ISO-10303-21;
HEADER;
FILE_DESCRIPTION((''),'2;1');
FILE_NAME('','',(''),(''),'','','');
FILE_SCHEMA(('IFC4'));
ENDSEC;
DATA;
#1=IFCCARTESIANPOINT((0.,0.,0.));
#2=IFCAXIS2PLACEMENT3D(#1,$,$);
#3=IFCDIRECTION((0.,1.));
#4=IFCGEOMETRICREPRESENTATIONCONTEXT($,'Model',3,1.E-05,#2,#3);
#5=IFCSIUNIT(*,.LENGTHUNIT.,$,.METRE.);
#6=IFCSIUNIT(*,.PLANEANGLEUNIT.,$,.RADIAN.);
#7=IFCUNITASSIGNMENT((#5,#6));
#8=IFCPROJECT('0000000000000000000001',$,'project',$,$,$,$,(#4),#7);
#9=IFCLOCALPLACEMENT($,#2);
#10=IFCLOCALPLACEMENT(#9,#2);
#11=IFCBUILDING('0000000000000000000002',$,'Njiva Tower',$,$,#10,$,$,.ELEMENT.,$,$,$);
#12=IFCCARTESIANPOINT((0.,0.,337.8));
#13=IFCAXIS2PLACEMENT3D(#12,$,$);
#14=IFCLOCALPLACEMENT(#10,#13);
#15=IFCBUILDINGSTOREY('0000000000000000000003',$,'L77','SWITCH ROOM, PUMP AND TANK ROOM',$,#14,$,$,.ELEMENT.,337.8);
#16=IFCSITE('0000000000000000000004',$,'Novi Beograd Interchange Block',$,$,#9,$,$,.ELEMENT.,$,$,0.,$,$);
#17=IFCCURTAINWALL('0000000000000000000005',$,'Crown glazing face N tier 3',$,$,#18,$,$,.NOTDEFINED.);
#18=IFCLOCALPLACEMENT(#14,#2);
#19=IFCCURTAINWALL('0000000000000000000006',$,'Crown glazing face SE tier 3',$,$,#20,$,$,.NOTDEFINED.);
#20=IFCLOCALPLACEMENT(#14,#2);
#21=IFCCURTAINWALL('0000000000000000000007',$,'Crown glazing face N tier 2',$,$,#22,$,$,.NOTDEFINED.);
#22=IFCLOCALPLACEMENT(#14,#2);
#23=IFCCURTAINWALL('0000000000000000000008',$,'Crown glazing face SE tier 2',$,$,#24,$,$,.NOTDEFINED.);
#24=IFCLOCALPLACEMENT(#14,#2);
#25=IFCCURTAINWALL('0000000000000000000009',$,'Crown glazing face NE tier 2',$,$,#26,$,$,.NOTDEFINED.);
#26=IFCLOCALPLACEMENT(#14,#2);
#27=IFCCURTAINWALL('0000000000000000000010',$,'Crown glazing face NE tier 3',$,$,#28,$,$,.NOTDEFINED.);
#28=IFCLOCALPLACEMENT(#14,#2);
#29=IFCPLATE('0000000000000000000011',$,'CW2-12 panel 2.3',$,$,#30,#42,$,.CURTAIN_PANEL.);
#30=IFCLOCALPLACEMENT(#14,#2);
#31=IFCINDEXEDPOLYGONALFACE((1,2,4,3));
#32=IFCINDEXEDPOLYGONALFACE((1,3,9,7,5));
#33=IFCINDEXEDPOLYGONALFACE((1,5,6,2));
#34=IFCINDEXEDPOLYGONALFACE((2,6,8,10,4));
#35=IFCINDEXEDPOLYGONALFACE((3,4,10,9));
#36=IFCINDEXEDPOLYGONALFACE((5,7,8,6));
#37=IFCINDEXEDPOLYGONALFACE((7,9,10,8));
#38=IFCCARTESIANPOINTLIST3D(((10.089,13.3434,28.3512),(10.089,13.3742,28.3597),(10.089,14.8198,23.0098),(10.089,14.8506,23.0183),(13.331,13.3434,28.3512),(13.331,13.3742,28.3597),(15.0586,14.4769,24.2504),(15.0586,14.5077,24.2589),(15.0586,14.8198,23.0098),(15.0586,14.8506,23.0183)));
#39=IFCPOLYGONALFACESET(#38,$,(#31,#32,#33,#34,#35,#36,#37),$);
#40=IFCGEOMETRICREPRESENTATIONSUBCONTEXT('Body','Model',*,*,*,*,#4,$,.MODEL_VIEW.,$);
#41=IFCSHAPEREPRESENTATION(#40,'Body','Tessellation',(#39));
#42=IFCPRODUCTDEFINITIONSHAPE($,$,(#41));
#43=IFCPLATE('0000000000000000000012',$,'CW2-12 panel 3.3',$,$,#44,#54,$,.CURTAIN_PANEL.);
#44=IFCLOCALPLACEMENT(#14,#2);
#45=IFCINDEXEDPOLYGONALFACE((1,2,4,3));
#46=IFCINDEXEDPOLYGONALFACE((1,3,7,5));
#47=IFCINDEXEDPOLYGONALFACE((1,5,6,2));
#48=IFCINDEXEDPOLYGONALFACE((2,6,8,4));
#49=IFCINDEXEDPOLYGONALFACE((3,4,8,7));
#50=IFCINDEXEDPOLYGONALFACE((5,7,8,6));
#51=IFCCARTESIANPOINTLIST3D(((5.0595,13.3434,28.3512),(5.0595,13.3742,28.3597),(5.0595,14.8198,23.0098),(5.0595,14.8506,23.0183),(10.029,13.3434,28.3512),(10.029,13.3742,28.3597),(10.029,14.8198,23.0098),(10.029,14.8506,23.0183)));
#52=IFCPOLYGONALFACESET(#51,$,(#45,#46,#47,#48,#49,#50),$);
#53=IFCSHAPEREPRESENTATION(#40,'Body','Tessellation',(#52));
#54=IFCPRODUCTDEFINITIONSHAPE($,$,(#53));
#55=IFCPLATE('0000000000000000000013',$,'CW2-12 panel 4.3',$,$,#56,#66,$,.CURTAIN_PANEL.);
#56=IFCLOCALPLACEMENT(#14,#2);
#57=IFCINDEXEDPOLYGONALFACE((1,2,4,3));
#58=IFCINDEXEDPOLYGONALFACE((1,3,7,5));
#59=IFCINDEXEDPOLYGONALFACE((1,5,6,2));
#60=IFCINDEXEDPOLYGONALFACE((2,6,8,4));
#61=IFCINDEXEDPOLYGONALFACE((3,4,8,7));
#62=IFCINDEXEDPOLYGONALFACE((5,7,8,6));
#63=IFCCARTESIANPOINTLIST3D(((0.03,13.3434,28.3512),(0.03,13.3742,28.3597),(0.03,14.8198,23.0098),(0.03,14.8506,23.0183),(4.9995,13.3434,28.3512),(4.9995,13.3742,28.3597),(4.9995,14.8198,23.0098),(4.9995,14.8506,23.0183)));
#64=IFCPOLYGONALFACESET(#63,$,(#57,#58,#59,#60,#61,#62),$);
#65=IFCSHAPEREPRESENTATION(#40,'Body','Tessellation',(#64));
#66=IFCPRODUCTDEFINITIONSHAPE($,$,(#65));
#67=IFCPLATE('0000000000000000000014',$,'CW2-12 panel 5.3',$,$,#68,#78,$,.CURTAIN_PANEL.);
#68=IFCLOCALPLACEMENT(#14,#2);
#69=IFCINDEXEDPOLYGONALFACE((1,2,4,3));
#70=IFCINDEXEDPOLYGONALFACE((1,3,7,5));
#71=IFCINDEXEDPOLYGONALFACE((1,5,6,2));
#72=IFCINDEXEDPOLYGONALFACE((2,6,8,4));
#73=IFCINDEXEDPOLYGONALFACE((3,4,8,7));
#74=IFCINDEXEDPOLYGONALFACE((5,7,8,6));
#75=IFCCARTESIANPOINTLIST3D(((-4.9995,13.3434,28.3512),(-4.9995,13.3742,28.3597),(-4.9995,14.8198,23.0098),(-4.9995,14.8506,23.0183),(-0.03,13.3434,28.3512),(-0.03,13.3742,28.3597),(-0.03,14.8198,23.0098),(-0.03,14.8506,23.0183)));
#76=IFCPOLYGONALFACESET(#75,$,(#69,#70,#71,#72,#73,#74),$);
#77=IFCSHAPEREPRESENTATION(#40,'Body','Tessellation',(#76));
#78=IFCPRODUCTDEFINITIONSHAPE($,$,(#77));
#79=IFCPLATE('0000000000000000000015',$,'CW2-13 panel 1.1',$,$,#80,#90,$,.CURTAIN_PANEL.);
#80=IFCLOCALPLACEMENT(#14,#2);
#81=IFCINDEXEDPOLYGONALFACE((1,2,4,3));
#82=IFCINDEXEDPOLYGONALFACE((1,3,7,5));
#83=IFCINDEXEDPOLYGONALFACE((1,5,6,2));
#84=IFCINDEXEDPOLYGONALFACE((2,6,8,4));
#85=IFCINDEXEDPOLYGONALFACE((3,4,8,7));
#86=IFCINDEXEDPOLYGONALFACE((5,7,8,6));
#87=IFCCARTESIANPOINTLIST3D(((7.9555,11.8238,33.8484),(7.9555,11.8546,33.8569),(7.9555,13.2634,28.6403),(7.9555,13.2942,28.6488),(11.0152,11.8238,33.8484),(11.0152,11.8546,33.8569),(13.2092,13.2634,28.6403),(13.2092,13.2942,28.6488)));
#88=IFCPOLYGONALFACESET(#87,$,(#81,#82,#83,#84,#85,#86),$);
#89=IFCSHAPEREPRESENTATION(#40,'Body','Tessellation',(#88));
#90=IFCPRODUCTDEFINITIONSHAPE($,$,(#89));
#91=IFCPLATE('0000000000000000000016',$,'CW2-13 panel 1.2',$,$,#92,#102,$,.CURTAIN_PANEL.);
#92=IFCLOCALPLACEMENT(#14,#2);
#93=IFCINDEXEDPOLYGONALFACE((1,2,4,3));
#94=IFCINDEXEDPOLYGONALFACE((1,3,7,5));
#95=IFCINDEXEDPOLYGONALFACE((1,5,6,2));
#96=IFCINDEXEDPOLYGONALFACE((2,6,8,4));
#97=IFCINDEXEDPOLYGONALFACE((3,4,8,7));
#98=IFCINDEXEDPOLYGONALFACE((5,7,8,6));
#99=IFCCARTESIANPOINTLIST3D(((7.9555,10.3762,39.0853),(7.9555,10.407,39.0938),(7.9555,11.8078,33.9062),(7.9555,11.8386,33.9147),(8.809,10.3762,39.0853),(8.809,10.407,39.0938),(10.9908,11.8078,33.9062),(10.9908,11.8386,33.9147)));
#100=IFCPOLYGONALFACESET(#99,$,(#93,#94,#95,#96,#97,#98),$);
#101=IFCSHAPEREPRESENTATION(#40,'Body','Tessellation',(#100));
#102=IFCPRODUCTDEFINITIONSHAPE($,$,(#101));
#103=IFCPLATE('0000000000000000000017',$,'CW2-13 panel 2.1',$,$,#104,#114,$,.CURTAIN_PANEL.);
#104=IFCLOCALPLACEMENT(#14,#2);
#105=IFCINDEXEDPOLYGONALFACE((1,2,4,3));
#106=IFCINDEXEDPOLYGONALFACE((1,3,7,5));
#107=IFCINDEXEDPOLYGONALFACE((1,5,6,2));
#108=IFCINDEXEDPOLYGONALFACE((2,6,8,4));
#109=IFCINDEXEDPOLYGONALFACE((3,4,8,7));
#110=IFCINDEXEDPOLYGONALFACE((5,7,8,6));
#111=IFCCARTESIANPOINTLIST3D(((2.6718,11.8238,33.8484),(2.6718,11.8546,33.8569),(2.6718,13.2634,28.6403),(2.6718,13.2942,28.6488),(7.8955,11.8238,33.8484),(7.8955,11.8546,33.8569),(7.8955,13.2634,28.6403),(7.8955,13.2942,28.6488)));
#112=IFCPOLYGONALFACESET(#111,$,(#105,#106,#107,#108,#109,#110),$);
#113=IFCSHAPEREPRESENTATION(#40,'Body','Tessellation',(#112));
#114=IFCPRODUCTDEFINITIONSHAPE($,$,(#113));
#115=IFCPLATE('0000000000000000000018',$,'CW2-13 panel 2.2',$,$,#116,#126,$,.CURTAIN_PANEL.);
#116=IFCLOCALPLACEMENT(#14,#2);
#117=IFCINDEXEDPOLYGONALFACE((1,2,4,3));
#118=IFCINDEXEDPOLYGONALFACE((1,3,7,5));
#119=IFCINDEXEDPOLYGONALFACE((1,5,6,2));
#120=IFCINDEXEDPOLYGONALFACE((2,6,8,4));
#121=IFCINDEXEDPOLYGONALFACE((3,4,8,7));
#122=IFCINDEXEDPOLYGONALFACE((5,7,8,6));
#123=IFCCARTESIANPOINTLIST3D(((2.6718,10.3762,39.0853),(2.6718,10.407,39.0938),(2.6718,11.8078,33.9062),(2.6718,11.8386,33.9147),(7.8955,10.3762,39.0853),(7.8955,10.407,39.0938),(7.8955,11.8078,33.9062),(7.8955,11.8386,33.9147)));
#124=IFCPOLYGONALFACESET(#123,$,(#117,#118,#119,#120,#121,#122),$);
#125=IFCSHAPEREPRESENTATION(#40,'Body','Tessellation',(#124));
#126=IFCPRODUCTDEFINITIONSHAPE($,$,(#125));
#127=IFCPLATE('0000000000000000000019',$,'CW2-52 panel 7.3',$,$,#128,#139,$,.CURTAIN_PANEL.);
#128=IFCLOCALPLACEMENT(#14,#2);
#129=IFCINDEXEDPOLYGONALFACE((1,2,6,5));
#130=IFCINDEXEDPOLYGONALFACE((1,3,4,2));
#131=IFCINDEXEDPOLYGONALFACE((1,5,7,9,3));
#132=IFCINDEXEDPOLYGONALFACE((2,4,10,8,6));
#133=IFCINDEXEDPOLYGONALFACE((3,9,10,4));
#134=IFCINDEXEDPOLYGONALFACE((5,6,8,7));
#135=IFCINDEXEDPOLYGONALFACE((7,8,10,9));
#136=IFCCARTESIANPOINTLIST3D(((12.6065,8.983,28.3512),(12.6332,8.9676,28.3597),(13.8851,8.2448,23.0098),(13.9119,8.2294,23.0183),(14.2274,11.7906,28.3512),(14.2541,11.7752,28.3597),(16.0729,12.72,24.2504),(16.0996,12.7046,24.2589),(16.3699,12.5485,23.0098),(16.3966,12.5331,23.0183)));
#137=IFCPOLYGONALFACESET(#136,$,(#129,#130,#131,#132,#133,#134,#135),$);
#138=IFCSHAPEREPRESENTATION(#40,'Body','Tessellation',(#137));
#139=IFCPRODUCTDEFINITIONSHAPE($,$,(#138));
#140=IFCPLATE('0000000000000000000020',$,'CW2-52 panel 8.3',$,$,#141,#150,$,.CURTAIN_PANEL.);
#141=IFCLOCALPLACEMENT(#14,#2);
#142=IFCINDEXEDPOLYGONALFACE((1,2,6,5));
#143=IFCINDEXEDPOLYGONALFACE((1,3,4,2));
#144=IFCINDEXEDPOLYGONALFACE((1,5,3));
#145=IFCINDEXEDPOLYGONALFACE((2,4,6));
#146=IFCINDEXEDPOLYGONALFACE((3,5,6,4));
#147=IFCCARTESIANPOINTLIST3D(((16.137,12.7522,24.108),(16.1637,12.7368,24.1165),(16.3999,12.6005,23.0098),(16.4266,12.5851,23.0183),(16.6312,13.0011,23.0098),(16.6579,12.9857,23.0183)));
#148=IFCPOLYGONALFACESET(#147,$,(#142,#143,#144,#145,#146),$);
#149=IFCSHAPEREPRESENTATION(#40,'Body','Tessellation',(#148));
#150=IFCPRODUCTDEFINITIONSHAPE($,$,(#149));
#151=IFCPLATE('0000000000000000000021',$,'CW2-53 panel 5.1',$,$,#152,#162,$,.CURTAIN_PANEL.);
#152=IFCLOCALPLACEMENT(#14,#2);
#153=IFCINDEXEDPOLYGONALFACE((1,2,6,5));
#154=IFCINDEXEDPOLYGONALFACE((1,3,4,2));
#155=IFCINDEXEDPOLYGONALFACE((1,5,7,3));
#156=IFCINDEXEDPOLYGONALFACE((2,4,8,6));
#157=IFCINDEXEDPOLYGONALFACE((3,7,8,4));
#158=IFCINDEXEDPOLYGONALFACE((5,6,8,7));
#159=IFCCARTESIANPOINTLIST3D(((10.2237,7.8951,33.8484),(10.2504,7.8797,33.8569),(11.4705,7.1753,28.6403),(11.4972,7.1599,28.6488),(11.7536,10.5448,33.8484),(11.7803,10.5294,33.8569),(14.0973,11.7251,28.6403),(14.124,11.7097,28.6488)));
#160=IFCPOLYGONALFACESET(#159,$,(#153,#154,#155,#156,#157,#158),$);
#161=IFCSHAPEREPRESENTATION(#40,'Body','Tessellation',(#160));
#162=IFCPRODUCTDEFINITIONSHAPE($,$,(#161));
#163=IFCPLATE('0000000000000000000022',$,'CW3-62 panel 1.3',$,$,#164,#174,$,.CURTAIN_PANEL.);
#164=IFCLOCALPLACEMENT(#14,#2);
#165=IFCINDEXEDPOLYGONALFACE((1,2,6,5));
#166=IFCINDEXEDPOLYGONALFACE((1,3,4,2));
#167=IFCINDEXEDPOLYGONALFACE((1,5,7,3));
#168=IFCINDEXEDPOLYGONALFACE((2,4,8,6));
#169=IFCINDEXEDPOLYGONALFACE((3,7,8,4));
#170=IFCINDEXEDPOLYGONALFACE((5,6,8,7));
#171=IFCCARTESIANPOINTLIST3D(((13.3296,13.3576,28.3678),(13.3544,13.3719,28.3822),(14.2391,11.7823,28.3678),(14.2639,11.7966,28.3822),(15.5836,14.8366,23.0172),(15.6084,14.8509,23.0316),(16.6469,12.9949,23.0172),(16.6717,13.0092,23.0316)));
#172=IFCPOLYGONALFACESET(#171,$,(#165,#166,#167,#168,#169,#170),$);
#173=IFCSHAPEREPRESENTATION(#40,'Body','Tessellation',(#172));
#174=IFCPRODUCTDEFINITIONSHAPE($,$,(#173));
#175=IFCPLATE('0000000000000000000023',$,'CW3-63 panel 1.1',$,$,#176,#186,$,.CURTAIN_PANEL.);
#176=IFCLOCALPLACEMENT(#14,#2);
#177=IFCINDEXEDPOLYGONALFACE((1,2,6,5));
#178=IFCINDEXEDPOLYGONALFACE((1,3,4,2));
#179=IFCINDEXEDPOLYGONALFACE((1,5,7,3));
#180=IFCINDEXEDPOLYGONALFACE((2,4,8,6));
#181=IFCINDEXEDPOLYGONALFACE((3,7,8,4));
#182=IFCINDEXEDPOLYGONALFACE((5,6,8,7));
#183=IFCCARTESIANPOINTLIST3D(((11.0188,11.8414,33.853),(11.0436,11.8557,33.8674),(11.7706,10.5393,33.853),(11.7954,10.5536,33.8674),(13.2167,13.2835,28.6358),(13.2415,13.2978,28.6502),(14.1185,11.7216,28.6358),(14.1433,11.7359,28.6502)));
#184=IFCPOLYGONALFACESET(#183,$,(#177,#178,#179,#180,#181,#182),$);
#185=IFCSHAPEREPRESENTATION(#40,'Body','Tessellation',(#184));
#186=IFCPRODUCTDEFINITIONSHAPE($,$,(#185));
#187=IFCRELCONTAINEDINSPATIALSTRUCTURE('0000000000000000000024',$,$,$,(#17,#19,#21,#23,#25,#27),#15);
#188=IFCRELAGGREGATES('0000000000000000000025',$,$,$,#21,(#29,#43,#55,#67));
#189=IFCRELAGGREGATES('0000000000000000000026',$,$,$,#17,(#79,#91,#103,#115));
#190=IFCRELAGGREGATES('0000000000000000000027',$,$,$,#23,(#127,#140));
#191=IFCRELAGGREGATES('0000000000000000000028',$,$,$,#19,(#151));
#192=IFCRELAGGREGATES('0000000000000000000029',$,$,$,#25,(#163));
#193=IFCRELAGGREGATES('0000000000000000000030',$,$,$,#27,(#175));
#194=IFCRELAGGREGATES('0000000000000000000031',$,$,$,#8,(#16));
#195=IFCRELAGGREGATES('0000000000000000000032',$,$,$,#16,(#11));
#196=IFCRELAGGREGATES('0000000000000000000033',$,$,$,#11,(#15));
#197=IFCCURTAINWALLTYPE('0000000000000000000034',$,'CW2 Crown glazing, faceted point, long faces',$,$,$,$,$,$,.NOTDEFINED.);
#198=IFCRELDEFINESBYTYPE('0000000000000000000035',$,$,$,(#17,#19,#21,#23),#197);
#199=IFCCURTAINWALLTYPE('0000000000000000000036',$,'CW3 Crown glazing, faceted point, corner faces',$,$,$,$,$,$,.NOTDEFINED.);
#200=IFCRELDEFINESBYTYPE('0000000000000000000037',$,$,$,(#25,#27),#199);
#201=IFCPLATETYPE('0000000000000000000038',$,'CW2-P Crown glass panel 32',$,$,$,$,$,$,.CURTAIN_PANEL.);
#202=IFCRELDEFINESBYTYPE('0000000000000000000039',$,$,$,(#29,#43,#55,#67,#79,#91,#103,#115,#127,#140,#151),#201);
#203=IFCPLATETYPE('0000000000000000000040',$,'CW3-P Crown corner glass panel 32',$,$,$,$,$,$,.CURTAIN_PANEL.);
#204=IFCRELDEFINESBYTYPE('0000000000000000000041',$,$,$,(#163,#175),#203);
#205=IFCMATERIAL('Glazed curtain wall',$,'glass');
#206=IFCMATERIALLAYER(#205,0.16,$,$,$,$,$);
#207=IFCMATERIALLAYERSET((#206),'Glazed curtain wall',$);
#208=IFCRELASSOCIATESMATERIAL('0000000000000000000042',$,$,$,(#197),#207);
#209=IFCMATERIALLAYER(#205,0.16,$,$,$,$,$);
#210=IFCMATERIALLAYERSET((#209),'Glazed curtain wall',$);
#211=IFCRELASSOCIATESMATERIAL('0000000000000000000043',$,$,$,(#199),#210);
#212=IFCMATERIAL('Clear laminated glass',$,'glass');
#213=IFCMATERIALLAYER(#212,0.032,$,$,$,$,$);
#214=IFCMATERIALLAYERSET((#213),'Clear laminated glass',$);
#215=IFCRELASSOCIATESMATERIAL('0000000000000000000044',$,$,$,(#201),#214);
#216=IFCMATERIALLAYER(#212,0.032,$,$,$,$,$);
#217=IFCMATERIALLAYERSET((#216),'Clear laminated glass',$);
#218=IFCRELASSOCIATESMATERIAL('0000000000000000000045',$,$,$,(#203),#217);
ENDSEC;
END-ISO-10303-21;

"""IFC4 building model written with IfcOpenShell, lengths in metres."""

from ifc_helpers import new_model, si_unit, direction, frame, origin, place, context, subcontext, project, spatial, polyline, outline, extrude, material, layer, layer_set, type_object, element, aggregate, save


model = new_model("IFC4")

# Units and contexts
model_context = context("Model", 3, precision=1e-05, world=origin(), true_north=direction((0.0, 1.0)))
body_context = subcontext(model_context, "Body", "Model", "MODEL_VIEW")
ifc_project = project(units=[si_unit("LENGTHUNIT", "METRE"), si_unit("PLANEANGLEUNIT", "RADIAN")], contexts=[model_context])

# Site, building, storey
site_placement = place(None, origin())
site = spatial("IfcSite", under=ifc_project, at=site_placement, Name="Novi Beograd Interchange Block", CompositionType="ELEMENT", RefElevation=0.0)
building_placement = place(site_placement, origin())
building = spatial("IfcBuilding", under=site, at=building_placement, Name="Njiva Tower", CompositionType="ELEMENT")
storey_placement = place(building_placement, frame((0.0, 0.0, 337.8)))
storey = spatial("IfcBuildingStorey", under=building, at=storey_placement, Name="L77", Description="SWITCH ROOM, PUMP AND TANK ROOM", CompositionType="ELEMENT", Elevation=337.8)

# Curtain wall
ifc_material_1 = material(Name="Glazed curtain wall", Category="glass")
ifc_layer_1 = layer(ifc_material_1, 0.16)
ifc_layer_set_1 = layer_set([ifc_layer_1], Name="Glazed curtain wall")
curtain_wall_type_1 = type_object("IfcCurtainWallType", Name="CW2 Crown glazing, faceted point, long faces", PredefinedType="NOTDEFINED", material=ifc_layer_set_1)
curtain_wall_1_placement = place(storey_placement, origin())
curtain_wall_1 = element("IfcCurtainWall", 1, at=curtain_wall_1_placement, inside=storey, type_object=curtain_wall_type_1, Name="Crown glazing face N tier 3", PredefinedType="NOTDEFINED")

# Curtain walls
curtain_wall_2_placement = place(storey_placement, origin())
curtain_wall_2 = element("IfcCurtainWall", 2, at=curtain_wall_2_placement, inside=storey, type_object=curtain_wall_type_1, Name="Crown glazing face SE tier 3", PredefinedType="NOTDEFINED")
curtain_wall_3_placement = place(storey_placement, origin())
curtain_wall_3 = element("IfcCurtainWall", 3, at=curtain_wall_3_placement, inside=storey, type_object=curtain_wall_type_1, Name="Crown glazing face N tier 2", PredefinedType="NOTDEFINED")

# Curtain wall
curtain_wall_4_placement = place(storey_placement, origin())
curtain_wall_4 = element("IfcCurtainWall", 4, at=curtain_wall_4_placement, inside=storey, type_object=curtain_wall_type_1, Name="Crown glazing face SE tier 2", PredefinedType="NOTDEFINED")

# Curtain wall
ifc_layer_2 = layer(ifc_material_1, 0.16)
ifc_layer_set_2 = layer_set([ifc_layer_2], Name="Glazed curtain wall")
curtain_wall_type_2 = type_object("IfcCurtainWallType", Name="CW3 Crown glazing, faceted point, corner faces", PredefinedType="NOTDEFINED", material=ifc_layer_set_2)
curtain_wall_5_placement = place(storey_placement, origin())
curtain_wall_5 = element("IfcCurtainWall", 5, at=curtain_wall_5_placement, inside=storey, type_object=curtain_wall_type_2, Name="Crown glazing face NE tier 2", PredefinedType="NOTDEFINED")

# Curtain wall
curtain_wall_6_placement = place(storey_placement, origin())
curtain_wall_6 = element("IfcCurtainWall", 6, at=curtain_wall_6_placement, inside=storey, type_object=curtain_wall_type_2, Name="Crown glazing face NE tier 3", PredefinedType="NOTDEFINED")

# Plates
ifc_material_2 = material(Name="Clear laminated glass", Category="glass")
ifc_layer_3 = layer(ifc_material_2, 0.032)
ifc_layer_set_3 = layer_set([ifc_layer_3], Name="Clear laminated glass")
plate_type_1 = type_object("IfcPlateType", Name="CW2-P Crown glass panel 32", PredefinedType="CURTAIN_PANEL", material=ifc_layer_set_3)
plate_1_placement = place(storey_placement, frame((15.0586, 14.5077, 24.2589), z_axis=(-0.000001, 0.963858, 0.266417), x_axis=(0.0, 0.266417, -0.963858)))
plate_1 = element("IfcPlate", 7, at=plate_1_placement, type_object=plate_type_1, Name="CW2-12 panel 2.3", PredefinedType="CURTAIN_PANEL", context=body_context, shape_type="SweptSolid", body=[
    extrude(outline(polyline([(0.0, 0.0), (1.2871, 0.0), (1.2871, 4.9696), (-4.2546, 4.9696), (-4.2546, 1.7276), (0.0, 0.0)])), origin(), (0.0, 0.0, -1.0), 0.032),
])
plate_2_placement = place(storey_placement, frame((10.029, 13.3742, 28.3597), z_axis=(0.0, 0.963858, 0.266417), x_axis=(0.0, 0.266417, -0.963858)))
plate_2 = element("IfcPlate", 8, at=plate_2_placement, type_object=plate_type_1, Name="CW2-12 panel 3.3", PredefinedType="CURTAIN_PANEL", context=body_context, shape_type="SweptSolid", body=[
    extrude(outline(polyline([(0.0, 0.0), (5.5417, 0.0), (5.5417, 4.9695), (0.0, 4.9695), (0.0, 0.0)])), origin(), (0.0, 0.0, -1.0), 0.032),
])
plate_3_placement = place(storey_placement, frame((4.9995, 13.3742, 28.3597), z_axis=(0.0, 0.963858, 0.266417), x_axis=(0.0, 0.266417, -0.963858)))
plate_3 = element("IfcPlate", 9, at=plate_3_placement, type_object=plate_type_1, Name="CW2-12 panel 4.3", PredefinedType="CURTAIN_PANEL", context=body_context, shape_type="SweptSolid", body=[
    extrude(outline(polyline([(0.0, 0.0), (5.5417, 0.0), (5.5417, 4.9695), (0.0, 4.9695), (0.0, 0.0)])), origin(), (0.0, 0.0, -1.0), 0.032),
])
plate_4_placement = place(storey_placement, frame((-0.03, 13.3742, 28.3597), z_axis=(0.0, 0.963858, 0.266417), x_axis=(0.0, 0.266417, -0.963858)))
plate_4 = element("IfcPlate", 10, at=plate_4_placement, type_object=plate_type_1, Name="CW2-12 panel 5.3", PredefinedType="CURTAIN_PANEL", context=body_context, shape_type="SweptSolid", body=[
    extrude(outline(polyline([(0.0, 0.0), (5.5417, 0.0), (5.5417, 4.9695), (0.0, 4.9695), (0.0, 0.0)])), origin(), (0.0, 0.0, -1.0), 0.032),
])
aggregate(curtain_wall_3, [plate_1, plate_2, plate_3, plate_4])
plate_5_placement = place(storey_placement, frame((7.9555, 13.2942, 28.6488), z_axis=(0.0, 0.963856, 0.266425), x_axis=(0.0, -0.266425, 0.963856)))
plate_5 = element("IfcPlate", 11, at=plate_5_placement, type_object=plate_type_1, Name="CW2-13 panel 1.1", PredefinedType="CURTAIN_PANEL", context=body_context, shape_type="SweptSolid", body=[
    extrude(outline(polyline([(0.0, 0.0), (5.4034, 0.0), (5.4034, 3.0597), (0.0, 5.2537), (0.0, 0.0)])), origin(), (0.0, 0.0, -1.0), 0.032),
])
plate_6_placement = place(storey_placement, frame((10.9908, 11.8386, 33.9147), z_axis=(0.0, 0.963855, 0.266428), x_axis=(-1.0, 0.0, 0.0)))
plate_6 = element("IfcPlate", 12, at=plate_6_placement, type_object=plate_type_1, Name="CW2-13 panel 1.2", PredefinedType="CURTAIN_PANEL", context=body_context, shape_type="SweptSolid", body=[
    extrude(outline(polyline([(0.0, 0.0), (3.0353, 0.0), (3.0353, 5.3733), (2.1818, 5.3733), (0.0, 0.0)])), origin(), (0.0, 0.0, -1.0), 0.032),
])
plate_7_placement = place(storey_placement, frame((2.6718, 13.2942, 28.6488), z_axis=(0.0, 0.963856, 0.266425), x_axis=(0.0, -0.266425, 0.963856)))
plate_7 = element("IfcPlate", 13, at=plate_7_placement, type_object=plate_type_1, Name="CW2-13 panel 2.1", PredefinedType="CURTAIN_PANEL", context=body_context, shape_type="SweptSolid", body=[
    extrude(outline(polyline([(0.0, 0.0), (5.4034, 0.0), (5.4034, 5.2237), (0.0, 5.2237), (0.0, 0.0)])), origin(), (0.0, 0.0, -1.0), 0.032),
])
plate_8_placement = place(storey_placement, frame((2.6718, 11.8386, 33.9147), z_axis=(0.0, 0.963855, 0.266428), x_axis=(0.0, -0.266428, 0.963855)))
plate_8 = element("IfcPlate", 14, at=plate_8_placement, type_object=plate_type_1, Name="CW2-13 panel 2.2", PredefinedType="CURTAIN_PANEL", context=body_context, shape_type="SweptSolid", body=[
    extrude(outline(polyline([(0.0, 0.0), (5.3733, 0.0), (5.3733, 5.2237), (0.0, 5.2237), (0.0, 0.0)])), origin(), (0.0, 0.0, -1.0), 0.032),
])
aggregate(curtain_wall_1, [plate_5, plate_6, plate_7, plate_8])
plate_9_placement = place(storey_placement, frame((12.6332, 8.9676, 28.3597), z_axis=(0.834725, -0.481924, 0.266428), x_axis=(0.230733, -0.133214, -0.963855)))
plate_9 = element("IfcPlate", 15, at=plate_9_placement, type_object=plate_type_1, Name="CW2-52 panel 7.3", PredefinedType="CURTAIN_PANEL", context=body_context, shape_type="SweptSolid", body=[
    extrude(outline(polyline([(0.0, 0.0), (5.5417, 0.0), (5.5417, 4.9695), (4.2546, 4.9695), (0.0, 3.2419), (0.0, 0.0)])), origin(), (0.0, 0.0, -1.0), 0.032),
])
plate_10_placement = place(storey_placement, frame((16.1637, 12.7368, 24.1165), z_axis=(0.834718, -0.481952, 0.266399), x_axis=(0.230741, -0.133143, -0.963863)))
plate_10 = element("IfcPlate", 16, at=plate_10_placement, type_object=plate_type_1, Name="CW2-52 panel 8.3", PredefinedType="CURTAIN_PANEL", context=body_context, shape_type="SweptSolid", body=[
    extrude(outline(polyline([(0.0, 0.0), (1.1394, 0.0), (1.1394, 0.4626), (0.0, 0.0)])), origin(), (0.0, 0.0, -1.0), 0.032),
])
aggregate(curtain_wall_4, [plate_9, plate_10])
plate_11_placement = place(storey_placement, frame((11.7803, 10.5294, 33.8569), z_axis=(0.83472, -0.481934, 0.266425), x_axis=(-0.500007, -0.866021, 0.000005)))
plate_11 = element("IfcPlate", 17, at=plate_11_placement, type_object=plate_type_1, Name="CW2-53 panel 5.1", PredefinedType="CURTAIN_PANEL", context=body_context, shape_type="SweptSolid", body=[
    extrude(outline(polyline([(0.0, 0.0), (3.0597, 0.0), (3.0596, 5.4034), (-2.1941, 5.4034), (0.0, 0.0)])), origin(), (0.0, 0.0, -1.0), 0.032),
])
aggregate(curtain_wall_2, [plate_11])
ifc_layer_4 = layer(ifc_material_2, 0.032)
ifc_layer_set_4 = layer_set([ifc_layer_4], Name="Clear laminated glass")
plate_type_2 = type_object("IfcPlateType", Name="CW3-P Crown corner glass panel 32", PredefinedType="CURTAIN_PANEL", material=ifc_layer_set_4)
plate_12_placement = place(storey_placement, frame((16.6717, 13.0092, 23.0316), z_axis=(0.773657, 0.44667, 0.449379), x_axis=(-0.499999, 0.866026, 0.0)))
plate_12 = element("IfcPlate", 18, at=plate_12_placement, type_object=plate_type_2, Name="CW3-62 panel 1.3", PredefinedType="CURTAIN_PANEL", context=body_context, shape_type="SweptSolid", body=[
    extrude(outline(polyline([(0.0, 0.0), (2.1266, 0.0), (1.9728, 5.9894), (0.1538, 5.9894), (0.0, 0.0)])), origin(), (0.0, 0.0, -1.0), 0.032),
])
aggregate(curtain_wall_5, [plate_12])
plate_13_placement = place(storey_placement, frame((11.0436, 11.8557, 33.8674), z_axis=(0.773644, 0.446682, 0.449389), x_axis=(0.500016, -0.866016, 0.0)))
plate_13 = element("IfcPlate", 19, at=plate_13_placement, type_object=plate_type_2, Name="CW3-63 panel 1.1", PredefinedType="CURTAIN_PANEL", context=body_context, shape_type="SweptSolid", body=[
    extrude(outline(polyline([(0.0, 0.0), (1.5036, 0.0), (1.6536, 5.8401), (-0.1499, 5.8401), (0.0, 0.0)])), origin(), (0.0, 0.0, -1.0), 0.032),
])
aggregate(curtain_wall_6, [plate_13])

save(model, "model.ifc")
